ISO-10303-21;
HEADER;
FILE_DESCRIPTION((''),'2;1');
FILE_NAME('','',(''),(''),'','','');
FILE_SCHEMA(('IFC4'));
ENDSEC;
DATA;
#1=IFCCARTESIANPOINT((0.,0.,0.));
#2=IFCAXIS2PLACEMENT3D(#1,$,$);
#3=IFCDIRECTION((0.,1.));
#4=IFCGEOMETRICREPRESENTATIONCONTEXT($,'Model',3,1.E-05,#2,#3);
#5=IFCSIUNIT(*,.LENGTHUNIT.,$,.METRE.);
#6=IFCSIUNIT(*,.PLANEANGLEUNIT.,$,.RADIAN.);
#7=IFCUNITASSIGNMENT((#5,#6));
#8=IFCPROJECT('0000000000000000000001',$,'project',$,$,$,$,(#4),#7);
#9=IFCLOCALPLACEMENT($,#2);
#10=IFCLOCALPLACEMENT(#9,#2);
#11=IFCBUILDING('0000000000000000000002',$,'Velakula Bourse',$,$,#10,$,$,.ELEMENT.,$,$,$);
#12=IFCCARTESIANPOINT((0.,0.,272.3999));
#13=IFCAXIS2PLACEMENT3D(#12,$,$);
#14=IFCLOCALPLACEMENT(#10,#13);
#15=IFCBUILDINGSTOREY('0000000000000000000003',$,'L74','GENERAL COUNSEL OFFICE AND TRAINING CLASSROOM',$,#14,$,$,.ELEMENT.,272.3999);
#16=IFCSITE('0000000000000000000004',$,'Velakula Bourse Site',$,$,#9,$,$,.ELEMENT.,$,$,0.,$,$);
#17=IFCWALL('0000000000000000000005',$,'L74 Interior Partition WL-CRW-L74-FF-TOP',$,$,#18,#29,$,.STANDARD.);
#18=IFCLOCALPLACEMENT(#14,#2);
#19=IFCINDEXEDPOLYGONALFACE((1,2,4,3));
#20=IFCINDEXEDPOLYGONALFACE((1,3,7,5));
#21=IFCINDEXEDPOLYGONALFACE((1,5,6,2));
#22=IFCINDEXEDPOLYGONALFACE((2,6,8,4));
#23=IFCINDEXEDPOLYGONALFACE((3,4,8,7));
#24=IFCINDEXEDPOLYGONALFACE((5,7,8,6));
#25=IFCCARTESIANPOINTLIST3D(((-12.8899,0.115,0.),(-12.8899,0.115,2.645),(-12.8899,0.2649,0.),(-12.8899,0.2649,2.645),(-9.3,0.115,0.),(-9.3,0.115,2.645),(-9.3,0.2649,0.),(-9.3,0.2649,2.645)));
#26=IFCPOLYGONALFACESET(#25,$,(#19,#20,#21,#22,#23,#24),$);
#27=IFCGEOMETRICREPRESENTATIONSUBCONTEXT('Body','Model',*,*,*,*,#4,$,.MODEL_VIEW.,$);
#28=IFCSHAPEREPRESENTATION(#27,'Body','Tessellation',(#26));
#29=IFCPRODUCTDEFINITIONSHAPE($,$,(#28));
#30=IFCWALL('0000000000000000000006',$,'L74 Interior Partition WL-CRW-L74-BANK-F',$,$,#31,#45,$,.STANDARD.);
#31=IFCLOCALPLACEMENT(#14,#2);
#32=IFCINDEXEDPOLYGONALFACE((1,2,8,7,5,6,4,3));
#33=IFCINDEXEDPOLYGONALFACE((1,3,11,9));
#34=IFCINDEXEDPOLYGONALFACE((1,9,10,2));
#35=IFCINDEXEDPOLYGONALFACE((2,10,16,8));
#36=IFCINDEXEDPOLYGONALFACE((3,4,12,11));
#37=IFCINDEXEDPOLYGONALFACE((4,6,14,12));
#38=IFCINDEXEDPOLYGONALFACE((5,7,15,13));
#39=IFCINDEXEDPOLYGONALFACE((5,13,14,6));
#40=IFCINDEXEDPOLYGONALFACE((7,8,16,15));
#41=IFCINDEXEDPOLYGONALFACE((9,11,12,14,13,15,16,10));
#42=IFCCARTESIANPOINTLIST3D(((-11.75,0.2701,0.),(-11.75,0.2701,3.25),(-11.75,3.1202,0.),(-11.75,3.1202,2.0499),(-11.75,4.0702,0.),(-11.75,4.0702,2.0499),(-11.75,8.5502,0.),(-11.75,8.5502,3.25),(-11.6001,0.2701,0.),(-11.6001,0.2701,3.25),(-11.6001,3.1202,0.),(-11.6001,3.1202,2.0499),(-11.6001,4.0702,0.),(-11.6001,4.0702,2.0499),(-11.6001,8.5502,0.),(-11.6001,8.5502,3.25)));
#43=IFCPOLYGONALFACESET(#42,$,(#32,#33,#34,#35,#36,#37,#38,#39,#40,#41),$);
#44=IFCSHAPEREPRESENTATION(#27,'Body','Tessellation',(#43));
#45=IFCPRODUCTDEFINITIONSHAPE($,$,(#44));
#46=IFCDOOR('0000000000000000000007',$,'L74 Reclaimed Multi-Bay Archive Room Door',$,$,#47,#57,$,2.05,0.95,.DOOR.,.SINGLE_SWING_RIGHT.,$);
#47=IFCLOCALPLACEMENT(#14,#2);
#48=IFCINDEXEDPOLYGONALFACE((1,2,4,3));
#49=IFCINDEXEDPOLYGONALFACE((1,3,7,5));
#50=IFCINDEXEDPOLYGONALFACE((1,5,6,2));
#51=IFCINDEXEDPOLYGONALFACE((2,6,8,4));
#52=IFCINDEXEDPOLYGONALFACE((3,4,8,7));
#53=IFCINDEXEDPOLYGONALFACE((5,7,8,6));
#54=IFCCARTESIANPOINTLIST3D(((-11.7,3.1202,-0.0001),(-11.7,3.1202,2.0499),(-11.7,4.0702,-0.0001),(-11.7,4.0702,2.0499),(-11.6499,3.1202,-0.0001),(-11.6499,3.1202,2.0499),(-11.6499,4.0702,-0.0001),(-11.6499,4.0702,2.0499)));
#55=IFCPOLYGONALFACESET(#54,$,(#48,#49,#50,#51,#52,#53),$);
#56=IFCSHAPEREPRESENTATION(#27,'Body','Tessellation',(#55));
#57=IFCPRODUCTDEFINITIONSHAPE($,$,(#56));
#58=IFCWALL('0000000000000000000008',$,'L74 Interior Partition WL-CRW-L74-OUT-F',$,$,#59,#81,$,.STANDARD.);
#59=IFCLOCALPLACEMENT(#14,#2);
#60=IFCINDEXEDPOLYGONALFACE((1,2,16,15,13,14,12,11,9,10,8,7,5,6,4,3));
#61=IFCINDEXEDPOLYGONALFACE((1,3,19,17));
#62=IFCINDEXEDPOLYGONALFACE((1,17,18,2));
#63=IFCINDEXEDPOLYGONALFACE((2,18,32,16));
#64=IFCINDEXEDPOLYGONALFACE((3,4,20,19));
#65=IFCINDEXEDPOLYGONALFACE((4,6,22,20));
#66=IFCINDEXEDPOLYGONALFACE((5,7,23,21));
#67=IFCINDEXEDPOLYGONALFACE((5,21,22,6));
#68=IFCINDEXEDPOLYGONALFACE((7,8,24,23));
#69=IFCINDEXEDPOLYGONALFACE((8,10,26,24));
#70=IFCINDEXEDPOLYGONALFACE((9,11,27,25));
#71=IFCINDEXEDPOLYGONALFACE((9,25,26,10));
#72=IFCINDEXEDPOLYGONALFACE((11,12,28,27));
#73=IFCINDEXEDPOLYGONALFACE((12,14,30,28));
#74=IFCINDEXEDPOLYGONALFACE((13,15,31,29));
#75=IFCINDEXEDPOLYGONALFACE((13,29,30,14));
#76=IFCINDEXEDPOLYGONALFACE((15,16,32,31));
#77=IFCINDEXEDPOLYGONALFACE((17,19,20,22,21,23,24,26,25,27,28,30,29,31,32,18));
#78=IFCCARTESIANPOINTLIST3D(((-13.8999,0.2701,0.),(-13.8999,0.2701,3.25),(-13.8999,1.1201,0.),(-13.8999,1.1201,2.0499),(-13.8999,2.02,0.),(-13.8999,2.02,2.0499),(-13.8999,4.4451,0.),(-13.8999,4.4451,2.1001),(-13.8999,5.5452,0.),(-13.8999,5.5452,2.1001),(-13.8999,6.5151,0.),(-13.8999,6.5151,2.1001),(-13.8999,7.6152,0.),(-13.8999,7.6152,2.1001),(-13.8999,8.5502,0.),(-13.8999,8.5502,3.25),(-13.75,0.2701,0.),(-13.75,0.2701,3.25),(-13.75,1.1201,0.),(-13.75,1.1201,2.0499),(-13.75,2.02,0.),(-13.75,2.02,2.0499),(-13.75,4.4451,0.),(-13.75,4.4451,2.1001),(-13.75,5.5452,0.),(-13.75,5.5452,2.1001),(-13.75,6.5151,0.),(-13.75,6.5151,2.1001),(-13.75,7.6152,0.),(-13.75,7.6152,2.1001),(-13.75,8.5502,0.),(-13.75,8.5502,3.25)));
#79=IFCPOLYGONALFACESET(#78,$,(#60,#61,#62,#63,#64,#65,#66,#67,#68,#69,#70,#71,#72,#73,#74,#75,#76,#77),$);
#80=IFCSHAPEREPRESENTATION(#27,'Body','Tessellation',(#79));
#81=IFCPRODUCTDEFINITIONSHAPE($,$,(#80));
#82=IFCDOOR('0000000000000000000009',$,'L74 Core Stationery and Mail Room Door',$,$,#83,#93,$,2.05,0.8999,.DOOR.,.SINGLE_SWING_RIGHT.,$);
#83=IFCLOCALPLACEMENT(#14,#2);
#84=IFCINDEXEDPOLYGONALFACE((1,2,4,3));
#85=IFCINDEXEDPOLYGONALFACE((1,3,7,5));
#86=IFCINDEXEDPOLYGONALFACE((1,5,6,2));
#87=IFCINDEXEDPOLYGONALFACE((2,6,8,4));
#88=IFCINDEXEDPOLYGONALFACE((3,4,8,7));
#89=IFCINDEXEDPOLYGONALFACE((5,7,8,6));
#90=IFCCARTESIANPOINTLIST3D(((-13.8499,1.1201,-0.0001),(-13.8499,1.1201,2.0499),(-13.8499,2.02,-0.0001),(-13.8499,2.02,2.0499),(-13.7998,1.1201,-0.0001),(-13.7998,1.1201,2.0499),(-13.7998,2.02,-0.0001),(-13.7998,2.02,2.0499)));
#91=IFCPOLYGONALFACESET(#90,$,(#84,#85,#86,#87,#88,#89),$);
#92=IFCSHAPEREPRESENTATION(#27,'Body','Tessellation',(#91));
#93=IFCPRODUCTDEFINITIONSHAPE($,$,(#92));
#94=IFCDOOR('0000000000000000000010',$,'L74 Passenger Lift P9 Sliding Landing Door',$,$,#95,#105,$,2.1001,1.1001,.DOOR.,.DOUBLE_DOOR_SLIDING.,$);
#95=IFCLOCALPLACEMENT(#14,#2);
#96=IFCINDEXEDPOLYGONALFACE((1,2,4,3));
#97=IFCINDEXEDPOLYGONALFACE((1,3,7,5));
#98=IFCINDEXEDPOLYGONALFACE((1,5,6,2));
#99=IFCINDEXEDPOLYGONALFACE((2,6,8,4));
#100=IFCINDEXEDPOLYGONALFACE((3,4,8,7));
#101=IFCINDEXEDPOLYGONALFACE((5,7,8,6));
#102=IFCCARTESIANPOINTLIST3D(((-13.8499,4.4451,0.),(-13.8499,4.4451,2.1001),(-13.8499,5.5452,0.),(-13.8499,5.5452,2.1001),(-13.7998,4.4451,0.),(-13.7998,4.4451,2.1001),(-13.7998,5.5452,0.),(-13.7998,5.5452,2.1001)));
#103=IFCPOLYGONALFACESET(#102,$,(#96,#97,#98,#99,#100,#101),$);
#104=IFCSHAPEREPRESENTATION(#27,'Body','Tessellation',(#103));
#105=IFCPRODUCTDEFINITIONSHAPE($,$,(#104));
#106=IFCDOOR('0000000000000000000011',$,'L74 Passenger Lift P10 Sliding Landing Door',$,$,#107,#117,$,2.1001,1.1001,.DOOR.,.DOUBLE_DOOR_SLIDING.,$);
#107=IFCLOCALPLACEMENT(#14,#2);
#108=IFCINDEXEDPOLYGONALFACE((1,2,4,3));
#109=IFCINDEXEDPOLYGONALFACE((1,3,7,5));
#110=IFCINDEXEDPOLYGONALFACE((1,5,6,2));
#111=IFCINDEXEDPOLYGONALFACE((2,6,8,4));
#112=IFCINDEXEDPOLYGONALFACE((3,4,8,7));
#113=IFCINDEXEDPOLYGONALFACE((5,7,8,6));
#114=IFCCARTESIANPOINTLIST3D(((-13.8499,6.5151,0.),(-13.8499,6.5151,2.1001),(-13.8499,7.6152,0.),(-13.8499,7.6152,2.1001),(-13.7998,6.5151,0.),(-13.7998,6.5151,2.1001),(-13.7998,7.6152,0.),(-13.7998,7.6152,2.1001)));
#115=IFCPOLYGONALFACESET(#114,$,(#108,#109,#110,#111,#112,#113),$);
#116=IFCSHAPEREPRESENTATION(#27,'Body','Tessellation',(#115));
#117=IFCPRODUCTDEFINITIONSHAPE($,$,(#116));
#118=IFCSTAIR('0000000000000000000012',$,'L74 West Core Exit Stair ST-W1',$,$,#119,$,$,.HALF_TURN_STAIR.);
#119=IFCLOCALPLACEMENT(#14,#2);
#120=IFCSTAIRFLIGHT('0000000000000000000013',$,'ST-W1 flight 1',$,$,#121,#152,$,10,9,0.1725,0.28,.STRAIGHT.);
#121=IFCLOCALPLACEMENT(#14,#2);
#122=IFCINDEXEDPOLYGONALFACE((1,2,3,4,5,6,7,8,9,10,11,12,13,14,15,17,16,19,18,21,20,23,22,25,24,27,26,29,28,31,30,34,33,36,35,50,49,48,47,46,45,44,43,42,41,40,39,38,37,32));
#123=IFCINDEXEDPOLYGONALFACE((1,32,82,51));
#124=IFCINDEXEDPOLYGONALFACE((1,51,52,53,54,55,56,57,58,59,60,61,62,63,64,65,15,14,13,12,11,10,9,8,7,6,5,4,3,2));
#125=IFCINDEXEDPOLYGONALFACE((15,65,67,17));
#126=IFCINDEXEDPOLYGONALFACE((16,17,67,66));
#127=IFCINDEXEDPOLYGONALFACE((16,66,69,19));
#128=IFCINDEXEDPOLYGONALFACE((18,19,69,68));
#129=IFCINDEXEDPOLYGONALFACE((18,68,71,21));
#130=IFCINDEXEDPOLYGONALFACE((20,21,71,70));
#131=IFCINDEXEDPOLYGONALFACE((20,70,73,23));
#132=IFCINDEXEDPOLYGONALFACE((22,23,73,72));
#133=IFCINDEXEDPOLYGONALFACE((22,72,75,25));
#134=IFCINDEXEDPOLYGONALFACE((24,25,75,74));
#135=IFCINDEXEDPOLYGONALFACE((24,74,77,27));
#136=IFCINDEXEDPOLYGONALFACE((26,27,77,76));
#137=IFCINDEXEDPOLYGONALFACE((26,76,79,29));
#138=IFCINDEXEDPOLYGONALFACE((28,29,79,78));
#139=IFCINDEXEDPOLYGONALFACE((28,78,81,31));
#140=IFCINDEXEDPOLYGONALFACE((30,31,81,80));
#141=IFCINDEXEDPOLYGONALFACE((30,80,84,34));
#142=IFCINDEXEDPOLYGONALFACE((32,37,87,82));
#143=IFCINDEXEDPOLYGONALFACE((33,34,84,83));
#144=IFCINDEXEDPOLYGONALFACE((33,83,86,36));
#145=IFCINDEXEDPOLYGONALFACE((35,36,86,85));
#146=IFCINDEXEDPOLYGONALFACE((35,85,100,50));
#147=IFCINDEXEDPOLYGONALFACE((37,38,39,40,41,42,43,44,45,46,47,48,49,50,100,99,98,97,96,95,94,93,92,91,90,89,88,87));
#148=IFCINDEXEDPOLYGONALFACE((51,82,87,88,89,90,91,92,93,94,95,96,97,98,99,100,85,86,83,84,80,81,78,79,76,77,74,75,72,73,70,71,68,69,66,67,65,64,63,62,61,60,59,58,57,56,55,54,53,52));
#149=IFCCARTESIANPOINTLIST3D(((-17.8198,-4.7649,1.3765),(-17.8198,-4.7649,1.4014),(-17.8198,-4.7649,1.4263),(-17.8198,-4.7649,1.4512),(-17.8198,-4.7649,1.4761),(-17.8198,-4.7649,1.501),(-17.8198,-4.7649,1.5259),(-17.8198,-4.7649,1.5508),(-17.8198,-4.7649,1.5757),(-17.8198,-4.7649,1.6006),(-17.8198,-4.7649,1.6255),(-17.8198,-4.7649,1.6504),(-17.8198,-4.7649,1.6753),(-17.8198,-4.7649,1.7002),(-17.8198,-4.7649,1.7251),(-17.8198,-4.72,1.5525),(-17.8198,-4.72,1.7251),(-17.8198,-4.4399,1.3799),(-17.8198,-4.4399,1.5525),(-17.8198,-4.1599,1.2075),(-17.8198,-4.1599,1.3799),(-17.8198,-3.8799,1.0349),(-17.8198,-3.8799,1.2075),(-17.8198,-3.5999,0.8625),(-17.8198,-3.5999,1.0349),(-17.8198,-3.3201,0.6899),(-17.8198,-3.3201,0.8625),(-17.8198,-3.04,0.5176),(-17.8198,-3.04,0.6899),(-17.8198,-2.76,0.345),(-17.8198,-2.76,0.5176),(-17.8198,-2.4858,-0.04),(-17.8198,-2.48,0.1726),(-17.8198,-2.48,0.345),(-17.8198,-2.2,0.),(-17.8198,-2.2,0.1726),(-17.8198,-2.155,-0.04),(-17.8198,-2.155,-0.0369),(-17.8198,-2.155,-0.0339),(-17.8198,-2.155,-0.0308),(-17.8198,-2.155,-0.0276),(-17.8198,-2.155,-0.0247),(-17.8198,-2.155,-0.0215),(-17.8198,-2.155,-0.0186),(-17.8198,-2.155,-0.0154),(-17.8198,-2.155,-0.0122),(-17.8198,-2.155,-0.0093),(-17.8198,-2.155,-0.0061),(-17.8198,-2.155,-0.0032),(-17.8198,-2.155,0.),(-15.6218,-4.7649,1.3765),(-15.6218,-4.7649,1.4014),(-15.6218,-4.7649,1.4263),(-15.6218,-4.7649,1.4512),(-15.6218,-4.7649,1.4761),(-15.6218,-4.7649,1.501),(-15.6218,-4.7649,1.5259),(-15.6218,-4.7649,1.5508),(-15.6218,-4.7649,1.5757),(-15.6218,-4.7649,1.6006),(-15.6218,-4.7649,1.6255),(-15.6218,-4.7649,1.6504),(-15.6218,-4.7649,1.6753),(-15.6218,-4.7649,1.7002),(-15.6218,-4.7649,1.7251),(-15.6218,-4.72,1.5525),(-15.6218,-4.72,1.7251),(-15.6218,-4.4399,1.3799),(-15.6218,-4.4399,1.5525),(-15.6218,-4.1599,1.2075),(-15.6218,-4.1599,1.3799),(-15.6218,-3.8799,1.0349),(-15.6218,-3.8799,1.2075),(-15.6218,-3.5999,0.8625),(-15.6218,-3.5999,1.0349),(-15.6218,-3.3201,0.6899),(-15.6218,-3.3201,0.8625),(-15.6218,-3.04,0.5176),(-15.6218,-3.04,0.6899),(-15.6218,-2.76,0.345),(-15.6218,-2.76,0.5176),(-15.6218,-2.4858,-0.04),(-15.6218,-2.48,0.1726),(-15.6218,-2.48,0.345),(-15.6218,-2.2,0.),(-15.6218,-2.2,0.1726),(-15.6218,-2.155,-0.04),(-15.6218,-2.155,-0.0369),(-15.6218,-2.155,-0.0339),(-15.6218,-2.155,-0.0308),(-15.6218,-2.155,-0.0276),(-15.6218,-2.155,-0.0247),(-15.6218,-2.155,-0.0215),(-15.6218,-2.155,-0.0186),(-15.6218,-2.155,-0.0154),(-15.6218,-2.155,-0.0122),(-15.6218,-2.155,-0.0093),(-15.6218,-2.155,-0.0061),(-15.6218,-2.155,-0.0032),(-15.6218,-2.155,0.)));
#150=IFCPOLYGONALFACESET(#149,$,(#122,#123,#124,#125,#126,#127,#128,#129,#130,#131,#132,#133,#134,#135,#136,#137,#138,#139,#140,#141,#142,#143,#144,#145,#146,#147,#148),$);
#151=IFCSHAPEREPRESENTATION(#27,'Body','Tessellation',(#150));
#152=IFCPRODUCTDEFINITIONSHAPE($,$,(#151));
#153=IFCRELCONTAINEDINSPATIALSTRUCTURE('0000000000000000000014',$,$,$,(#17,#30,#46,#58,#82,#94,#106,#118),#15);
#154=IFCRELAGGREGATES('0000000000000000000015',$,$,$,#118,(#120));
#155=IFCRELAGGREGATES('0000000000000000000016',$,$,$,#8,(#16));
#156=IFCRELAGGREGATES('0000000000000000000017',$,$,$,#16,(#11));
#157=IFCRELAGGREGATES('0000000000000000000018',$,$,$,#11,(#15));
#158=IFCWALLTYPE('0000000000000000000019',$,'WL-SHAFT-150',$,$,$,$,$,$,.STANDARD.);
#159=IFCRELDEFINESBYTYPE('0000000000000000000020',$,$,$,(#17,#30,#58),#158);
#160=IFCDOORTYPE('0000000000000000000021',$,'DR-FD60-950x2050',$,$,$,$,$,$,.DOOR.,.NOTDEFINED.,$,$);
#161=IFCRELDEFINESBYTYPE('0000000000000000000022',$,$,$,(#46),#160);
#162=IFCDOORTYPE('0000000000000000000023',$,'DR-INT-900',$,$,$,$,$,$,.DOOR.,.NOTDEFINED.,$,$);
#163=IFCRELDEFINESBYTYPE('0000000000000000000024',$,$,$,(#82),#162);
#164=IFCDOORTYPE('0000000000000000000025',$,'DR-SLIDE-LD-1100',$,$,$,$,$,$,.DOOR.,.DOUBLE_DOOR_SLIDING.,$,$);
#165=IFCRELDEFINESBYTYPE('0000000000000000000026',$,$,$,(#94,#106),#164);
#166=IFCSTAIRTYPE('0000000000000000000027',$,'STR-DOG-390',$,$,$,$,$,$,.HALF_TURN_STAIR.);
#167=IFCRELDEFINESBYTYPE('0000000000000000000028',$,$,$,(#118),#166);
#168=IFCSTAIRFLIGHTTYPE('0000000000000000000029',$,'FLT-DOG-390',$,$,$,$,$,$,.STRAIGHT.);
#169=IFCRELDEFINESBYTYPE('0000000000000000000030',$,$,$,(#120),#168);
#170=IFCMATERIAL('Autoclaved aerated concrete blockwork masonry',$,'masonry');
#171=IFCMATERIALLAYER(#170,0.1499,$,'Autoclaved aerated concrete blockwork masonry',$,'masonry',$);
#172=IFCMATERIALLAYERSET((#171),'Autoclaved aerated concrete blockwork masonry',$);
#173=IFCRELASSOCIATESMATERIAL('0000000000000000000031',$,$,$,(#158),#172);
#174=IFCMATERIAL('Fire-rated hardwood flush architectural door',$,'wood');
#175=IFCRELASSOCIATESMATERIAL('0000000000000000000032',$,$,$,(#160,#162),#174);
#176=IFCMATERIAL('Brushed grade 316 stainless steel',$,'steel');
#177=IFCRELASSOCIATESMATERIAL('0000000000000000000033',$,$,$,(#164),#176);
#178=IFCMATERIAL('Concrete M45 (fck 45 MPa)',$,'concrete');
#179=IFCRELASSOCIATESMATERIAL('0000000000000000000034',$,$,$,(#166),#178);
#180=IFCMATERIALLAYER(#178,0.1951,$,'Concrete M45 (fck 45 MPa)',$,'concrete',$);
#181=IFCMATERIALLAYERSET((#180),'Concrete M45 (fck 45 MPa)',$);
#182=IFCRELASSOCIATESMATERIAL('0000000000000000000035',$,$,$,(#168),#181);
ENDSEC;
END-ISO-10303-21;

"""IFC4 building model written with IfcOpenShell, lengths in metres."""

from ifc_helpers import new_model, si_unit, direction, frame, frame_2d, origin, place, context, subcontext, project, spatial, polyline, rectangle, outline, extrude, material, layer, layer_set, type_object, element, fill, aggregate, save


model = new_model("IFC4")

# Units and contexts
model_context = context("Model", 3, precision=1e-05, world=origin(), true_north=direction((0.0, 1.0)))
body_context = subcontext(model_context, "Body", "Model", "MODEL_VIEW")
ifc_project = project(units=[si_unit("LENGTHUNIT", "METRE"), si_unit("PLANEANGLEUNIT", "RADIAN")], contexts=[model_context])

# Site, building, storey
site_placement = place(None, origin())
site = spatial("IfcSite", under=ifc_project, at=site_placement, Name="Velakula Bourse Site", CompositionType="ELEMENT", RefElevation=0.0)
building_placement = place(site_placement, origin())
building = spatial("IfcBuilding", under=site, at=building_placement, Name="Velakula Bourse", CompositionType="ELEMENT")
storey_placement = place(building_placement, frame((0.0, 0.0, 272.3999)))
storey = spatial("IfcBuildingStorey", under=building, at=storey_placement, Name="L74", Description="GENERAL COUNSEL OFFICE AND TRAINING CLASSROOM", CompositionType="ELEMENT", Elevation=272.3999)

# Shared definitions
ifc_material_1 = material(Name="Fire-rated hardwood flush architectural door", Category="wood")

# Wall
ifc_material_2 = material(Name="Autoclaved aerated concrete blockwork masonry", Category="masonry")
ifc_layer_1 = layer(ifc_material_2, 0.1499, Name="Autoclaved aerated concrete blockwork masonry", Category="masonry")
ifc_layer_set_1 = layer_set([ifc_layer_1], Name="Autoclaved aerated concrete blockwork masonry")
wall_type_1 = type_object("IfcWallType", Name="WL-SHAFT-150", PredefinedType="STANDARD", material=ifc_layer_set_1)
wall_1_placement = place(storey_placement, frame((-12.8899, 0.1899, 0.0), z_axis=(0.0, 0.0, 1.0), x_axis=(1.0, 0.0, 0.0)))
element("IfcWall", 1, at=wall_1_placement, inside=storey, type_object=wall_type_1, Name="L74 Interior Partition WL-CRW-L74-FF-TOP", PredefinedType="STANDARD", context=body_context, shape_type="SweptSolid", body=[
    extrude(rectangle(XDim=3.5898, YDim=0.1499, at=frame_2d((1.7949, 0.0))), origin(), (0.0, 0.0, 1.0), 2.645),
])

# Wall, opening, door
wall_2_placement = place(storey_placement, frame((-11.675, 0.27, 0.0), z_axis=(0.0, 0.0, 1.0), x_axis=(0.0, 1.0, 0.0)))
wall_2 = element("IfcWall", 2, at=wall_2_placement, inside=storey, type_object=wall_type_1, Name="L74 Interior Partition WL-CRW-L74-BANK-F", PredefinedType="STANDARD", context=body_context, shape_type="SweptSolid", body=[
    extrude(rectangle(XDim=8.28, YDim=0.1499, at=frame_2d((4.1401, 0.0))), origin(), (0.0, 0.0, 1.0), 3.25),
])
opening_1_placement = place(wall_2_placement, frame((2.8501, 0.0, 0.0)))
opening_1 = element("IfcOpeningElement", 3, at=opening_1_placement, cuts=wall_2, PredefinedType="OPENING", context=body_context, shape_type="SweptSolid", body=[
    extrude(rectangle(XDim=0.95, YDim=2.05, at=frame_2d((0.4751, 1.0249))), frame((0.0, 0.085, 0.0), z_axis=(0.0, -1.0, 0.0), x_axis=(1.0, 0.0, 0.0)), (0.0, 0.0, 1.0), 0.1699),
])
door_type_1 = type_object("IfcDoorType", Name="DR-FD60-950x2050", OperationType="NOTDEFINED", PredefinedType="DOOR", material=ifc_material_1)
door_1_placement = place(opening_1_placement, origin())
door_1 = element("IfcDoor", 4, at=door_1_placement, inside=storey, type_object=door_type_1, Name="L74 Reclaimed Multi-Bay Archive Room Door", OperationType="SINGLE_SWING_RIGHT", OverallHeight=2.05, OverallWidth=0.95, PredefinedType="DOOR", context=body_context, shape_type="SweptSolid", body=[
    extrude(rectangle(XDim=0.95, YDim=2.05, at=frame_2d((0.4751, 1.0249))), frame((0.0, 0.0249, 0.0), z_axis=(0.0, -1.0, 0.0), x_axis=(1.0, 0.0, 0.0)), (0.0, 0.0, 1.0), 0.05),
])
fill(opening_1, door_1)

# Wall, openings, doors
wall_3_placement = place(storey_placement, frame((-13.825, 0.27, 0.0), z_axis=(0.0, 0.0, 1.0), x_axis=(0.0, 1.0, 0.0)))
wall_3 = element("IfcWall", 5, at=wall_3_placement, inside=storey, type_object=wall_type_1, Name="L74 Interior Partition WL-CRW-L74-OUT-F", PredefinedType="STANDARD", context=body_context, shape_type="SweptSolid", body=[
    extrude(rectangle(XDim=8.28, YDim=0.1499, at=frame_2d((4.1401, 0.0))), origin(), (0.0, 0.0, 1.0), 3.25),
])
opening_2_placement = place(wall_3_placement, frame((4.175, 0.0, 0.0)))
opening_2 = element("IfcOpeningElement", 6, at=opening_2_placement, cuts=wall_3, PredefinedType="OPENING", context=body_context, shape_type="SweptSolid", body=[
    extrude(rectangle(XDim=1.1001, YDim=2.1001, at=frame_2d((0.55, 1.05))), frame((0.0, 0.085, 0.0), z_axis=(0.0, -1.0, 0.0), x_axis=(1.0, 0.0, 0.0)), (0.0, 0.0, 1.0), 0.1699),
])
opening_3_placement = place(wall_3_placement, frame((6.2451, 0.0, 0.0)))
opening_3 = element("IfcOpeningElement", 7, at=opening_3_placement, cuts=wall_3, PredefinedType="OPENING", context=body_context, shape_type="SweptSolid", body=[
    extrude(rectangle(XDim=1.1001, YDim=2.1001, at=frame_2d((0.55, 1.05))), frame((0.0, 0.085, 0.0), z_axis=(0.0, -1.0, 0.0), x_axis=(1.0, 0.0, 0.0)), (0.0, 0.0, 1.0), 0.1699),
])
opening_4_placement = place(wall_3_placement, frame((0.8501, 0.0, 0.0)))
opening_4 = element("IfcOpeningElement", 8, at=opening_4_placement, cuts=wall_3, PredefinedType="OPENING", context=body_context, shape_type="SweptSolid", body=[
    extrude(rectangle(XDim=0.8999, YDim=2.05, at=frame_2d((0.45, 1.0249))), frame((0.0, 0.085, 0.0), z_axis=(0.0, -1.0, 0.0), x_axis=(1.0, 0.0, 0.0)), (0.0, 0.0, 1.0), 0.1699),
])
door_type_2 = type_object("IfcDoorType", Name="DR-INT-900", OperationType="NOTDEFINED", PredefinedType="DOOR", material=ifc_material_1)
door_2_placement = place(opening_4_placement, origin())
door_2 = element("IfcDoor", 9, at=door_2_placement, inside=storey, type_object=door_type_2, Name="L74 Core Stationery and Mail Room Door", OperationType="SINGLE_SWING_RIGHT", OverallHeight=2.05, OverallWidth=0.8999, PredefinedType="DOOR", context=body_context, shape_type="SweptSolid", body=[
    extrude(rectangle(XDim=0.8999, YDim=2.05, at=frame_2d((0.45, 1.0249))), frame((0.0, 0.0249, 0.0), z_axis=(0.0, -1.0, 0.0), x_axis=(1.0, 0.0, 0.0)), (0.0, 0.0, 1.0), 0.05),
])
fill(opening_4, door_2)
ifc_material_3 = material(Name="Brushed grade 316 stainless steel", Category="steel")
door_type_3 = type_object("IfcDoorType", Name="DR-SLIDE-LD-1100", OperationType="DOUBLE_DOOR_SLIDING", PredefinedType="DOOR", material=ifc_material_3)
door_3_placement = place(opening_2_placement, origin())
door_3 = element("IfcDoor", 10, at=door_3_placement, inside=storey, type_object=door_type_3, Name="L74 Passenger Lift P9 Sliding Landing Door", OperationType="DOUBLE_DOOR_SLIDING", OverallHeight=2.1001, OverallWidth=1.1001, PredefinedType="DOOR", context=body_context, shape_type="SweptSolid", body=[
    extrude(rectangle(XDim=1.1001, YDim=2.1001, at=frame_2d((0.55, 1.05))), frame((0.0, 0.0249, 0.0), z_axis=(0.0, -1.0, 0.0), x_axis=(1.0, 0.0, 0.0)), (0.0, 0.0, 1.0), 0.05),
])
fill(opening_2, door_3)
door_4_placement = place(opening_3_placement, origin())
door_4 = element("IfcDoor", 11, at=door_4_placement, inside=storey, type_object=door_type_3, Name="L74 Passenger Lift P10 Sliding Landing Door", OperationType="DOUBLE_DOOR_SLIDING", OverallHeight=2.1001, OverallWidth=1.1001, PredefinedType="DOOR", context=body_context, shape_type="SweptSolid", body=[
    extrude(rectangle(XDim=1.1001, YDim=2.1001, at=frame_2d((0.55, 1.05))), frame((0.0, 0.0249, 0.0), z_axis=(0.0, -1.0, 0.0), x_axis=(1.0, 0.0, 0.0)), (0.0, 0.0, 1.0), 0.05),
])
fill(opening_3, door_4)

# Stair, stair flight
ifc_material_4 = material(Name="Concrete M45 (fck 45 MPa)", Category="concrete")
stair_type = type_object("IfcStairType", Name="STR-DOG-390", PredefinedType="HALF_TURN_STAIR", material=ifc_material_4)
stair_placement = place(storey_placement, origin())
stair = element("IfcStair", 12, at=stair_placement, inside=storey, type_object=stair_type, Name="L74 West Core Exit Stair ST-W1", PredefinedType="HALF_TURN_STAIR")
ifc_layer_2 = layer(ifc_material_4, 0.1951, Name="Concrete M45 (fck 45 MPa)", Category="concrete")
ifc_layer_set_2 = layer_set([ifc_layer_2], Name="Concrete M45 (fck 45 MPa)")
stair_flight_type = type_object("IfcStairFlightType", Name="FLT-DOG-390", PredefinedType="STRAIGHT", material=ifc_layer_set_2)
stair_flight_placement = place(storey_placement, frame((-16.7209, -2.2, 0.0), z_axis=(0.0, 0.0, 1.0), x_axis=(0.0, -1.0, 0.0)))
stair_flight = element("IfcStairFlight", 13, at=stair_flight_placement, type_object=stair_flight_type, Name="ST-W1 flight 1", NumberOfRisers=10, NumberOfTreads=9, PredefinedType="STRAIGHT", RiserHeight=0.1725, TreadLength=0.28, context=body_context, shape_type="SweptSolid", body=[
    extrude(outline(polyline([(-0.0449, -0.04), (-0.0449, -0.0369), (-0.0449, -0.0339), (-0.0449, -0.0308), (-0.0449, -0.0276), (-0.0449, -0.0247), (-0.0449, -0.0215), (-0.0449, -0.0186), (-0.0449, -0.0154), (-0.0449, -0.0122), (-0.0449, -0.0093), (-0.0449, -0.0061), (-0.0449, -0.0032), (-0.0449, 0.0), (0.0, 0.0), (0.0, 0.1726), (0.28, 0.1726), (0.28, 0.345), (0.5601, 0.345), (0.5601, 0.5176), (0.8401, 0.5176), (0.8401, 0.6899), (1.1201, 0.6899), (1.1201, 0.8625), (1.3999, 0.8625), (1.3999, 1.0349), (1.6799, 1.0349), (1.6799, 1.2075), (1.96, 1.2075), (1.96, 1.3799), (2.24, 1.3799), (2.24, 1.5525), (2.52, 1.5525), (2.52, 1.7251), (2.5649, 1.7251), (2.5649, 1.7002), (2.5649, 1.6753), (2.5649, 1.6504), (2.5649, 1.6255), (2.5649, 1.6006), (2.5649, 1.5757), (2.5649, 1.5508), (2.5649, 1.5259), (2.5649, 1.501), (2.5649, 1.4761), (2.5649, 1.4512), (2.5649, 1.4263), (2.5649, 1.4014), (2.5649, 1.3765), (0.2859, -0.04), (-0.0449, -0.04)])), frame((0.0, 1.0991, 0.0), z_axis=(0.0, -1.0, 0.0), x_axis=(1.0, 0.0, 0.0)), (0.0, 0.0, 1.0), 2.198),
])
aggregate(stair, [stair_flight])

save(model, "model.ifc")
